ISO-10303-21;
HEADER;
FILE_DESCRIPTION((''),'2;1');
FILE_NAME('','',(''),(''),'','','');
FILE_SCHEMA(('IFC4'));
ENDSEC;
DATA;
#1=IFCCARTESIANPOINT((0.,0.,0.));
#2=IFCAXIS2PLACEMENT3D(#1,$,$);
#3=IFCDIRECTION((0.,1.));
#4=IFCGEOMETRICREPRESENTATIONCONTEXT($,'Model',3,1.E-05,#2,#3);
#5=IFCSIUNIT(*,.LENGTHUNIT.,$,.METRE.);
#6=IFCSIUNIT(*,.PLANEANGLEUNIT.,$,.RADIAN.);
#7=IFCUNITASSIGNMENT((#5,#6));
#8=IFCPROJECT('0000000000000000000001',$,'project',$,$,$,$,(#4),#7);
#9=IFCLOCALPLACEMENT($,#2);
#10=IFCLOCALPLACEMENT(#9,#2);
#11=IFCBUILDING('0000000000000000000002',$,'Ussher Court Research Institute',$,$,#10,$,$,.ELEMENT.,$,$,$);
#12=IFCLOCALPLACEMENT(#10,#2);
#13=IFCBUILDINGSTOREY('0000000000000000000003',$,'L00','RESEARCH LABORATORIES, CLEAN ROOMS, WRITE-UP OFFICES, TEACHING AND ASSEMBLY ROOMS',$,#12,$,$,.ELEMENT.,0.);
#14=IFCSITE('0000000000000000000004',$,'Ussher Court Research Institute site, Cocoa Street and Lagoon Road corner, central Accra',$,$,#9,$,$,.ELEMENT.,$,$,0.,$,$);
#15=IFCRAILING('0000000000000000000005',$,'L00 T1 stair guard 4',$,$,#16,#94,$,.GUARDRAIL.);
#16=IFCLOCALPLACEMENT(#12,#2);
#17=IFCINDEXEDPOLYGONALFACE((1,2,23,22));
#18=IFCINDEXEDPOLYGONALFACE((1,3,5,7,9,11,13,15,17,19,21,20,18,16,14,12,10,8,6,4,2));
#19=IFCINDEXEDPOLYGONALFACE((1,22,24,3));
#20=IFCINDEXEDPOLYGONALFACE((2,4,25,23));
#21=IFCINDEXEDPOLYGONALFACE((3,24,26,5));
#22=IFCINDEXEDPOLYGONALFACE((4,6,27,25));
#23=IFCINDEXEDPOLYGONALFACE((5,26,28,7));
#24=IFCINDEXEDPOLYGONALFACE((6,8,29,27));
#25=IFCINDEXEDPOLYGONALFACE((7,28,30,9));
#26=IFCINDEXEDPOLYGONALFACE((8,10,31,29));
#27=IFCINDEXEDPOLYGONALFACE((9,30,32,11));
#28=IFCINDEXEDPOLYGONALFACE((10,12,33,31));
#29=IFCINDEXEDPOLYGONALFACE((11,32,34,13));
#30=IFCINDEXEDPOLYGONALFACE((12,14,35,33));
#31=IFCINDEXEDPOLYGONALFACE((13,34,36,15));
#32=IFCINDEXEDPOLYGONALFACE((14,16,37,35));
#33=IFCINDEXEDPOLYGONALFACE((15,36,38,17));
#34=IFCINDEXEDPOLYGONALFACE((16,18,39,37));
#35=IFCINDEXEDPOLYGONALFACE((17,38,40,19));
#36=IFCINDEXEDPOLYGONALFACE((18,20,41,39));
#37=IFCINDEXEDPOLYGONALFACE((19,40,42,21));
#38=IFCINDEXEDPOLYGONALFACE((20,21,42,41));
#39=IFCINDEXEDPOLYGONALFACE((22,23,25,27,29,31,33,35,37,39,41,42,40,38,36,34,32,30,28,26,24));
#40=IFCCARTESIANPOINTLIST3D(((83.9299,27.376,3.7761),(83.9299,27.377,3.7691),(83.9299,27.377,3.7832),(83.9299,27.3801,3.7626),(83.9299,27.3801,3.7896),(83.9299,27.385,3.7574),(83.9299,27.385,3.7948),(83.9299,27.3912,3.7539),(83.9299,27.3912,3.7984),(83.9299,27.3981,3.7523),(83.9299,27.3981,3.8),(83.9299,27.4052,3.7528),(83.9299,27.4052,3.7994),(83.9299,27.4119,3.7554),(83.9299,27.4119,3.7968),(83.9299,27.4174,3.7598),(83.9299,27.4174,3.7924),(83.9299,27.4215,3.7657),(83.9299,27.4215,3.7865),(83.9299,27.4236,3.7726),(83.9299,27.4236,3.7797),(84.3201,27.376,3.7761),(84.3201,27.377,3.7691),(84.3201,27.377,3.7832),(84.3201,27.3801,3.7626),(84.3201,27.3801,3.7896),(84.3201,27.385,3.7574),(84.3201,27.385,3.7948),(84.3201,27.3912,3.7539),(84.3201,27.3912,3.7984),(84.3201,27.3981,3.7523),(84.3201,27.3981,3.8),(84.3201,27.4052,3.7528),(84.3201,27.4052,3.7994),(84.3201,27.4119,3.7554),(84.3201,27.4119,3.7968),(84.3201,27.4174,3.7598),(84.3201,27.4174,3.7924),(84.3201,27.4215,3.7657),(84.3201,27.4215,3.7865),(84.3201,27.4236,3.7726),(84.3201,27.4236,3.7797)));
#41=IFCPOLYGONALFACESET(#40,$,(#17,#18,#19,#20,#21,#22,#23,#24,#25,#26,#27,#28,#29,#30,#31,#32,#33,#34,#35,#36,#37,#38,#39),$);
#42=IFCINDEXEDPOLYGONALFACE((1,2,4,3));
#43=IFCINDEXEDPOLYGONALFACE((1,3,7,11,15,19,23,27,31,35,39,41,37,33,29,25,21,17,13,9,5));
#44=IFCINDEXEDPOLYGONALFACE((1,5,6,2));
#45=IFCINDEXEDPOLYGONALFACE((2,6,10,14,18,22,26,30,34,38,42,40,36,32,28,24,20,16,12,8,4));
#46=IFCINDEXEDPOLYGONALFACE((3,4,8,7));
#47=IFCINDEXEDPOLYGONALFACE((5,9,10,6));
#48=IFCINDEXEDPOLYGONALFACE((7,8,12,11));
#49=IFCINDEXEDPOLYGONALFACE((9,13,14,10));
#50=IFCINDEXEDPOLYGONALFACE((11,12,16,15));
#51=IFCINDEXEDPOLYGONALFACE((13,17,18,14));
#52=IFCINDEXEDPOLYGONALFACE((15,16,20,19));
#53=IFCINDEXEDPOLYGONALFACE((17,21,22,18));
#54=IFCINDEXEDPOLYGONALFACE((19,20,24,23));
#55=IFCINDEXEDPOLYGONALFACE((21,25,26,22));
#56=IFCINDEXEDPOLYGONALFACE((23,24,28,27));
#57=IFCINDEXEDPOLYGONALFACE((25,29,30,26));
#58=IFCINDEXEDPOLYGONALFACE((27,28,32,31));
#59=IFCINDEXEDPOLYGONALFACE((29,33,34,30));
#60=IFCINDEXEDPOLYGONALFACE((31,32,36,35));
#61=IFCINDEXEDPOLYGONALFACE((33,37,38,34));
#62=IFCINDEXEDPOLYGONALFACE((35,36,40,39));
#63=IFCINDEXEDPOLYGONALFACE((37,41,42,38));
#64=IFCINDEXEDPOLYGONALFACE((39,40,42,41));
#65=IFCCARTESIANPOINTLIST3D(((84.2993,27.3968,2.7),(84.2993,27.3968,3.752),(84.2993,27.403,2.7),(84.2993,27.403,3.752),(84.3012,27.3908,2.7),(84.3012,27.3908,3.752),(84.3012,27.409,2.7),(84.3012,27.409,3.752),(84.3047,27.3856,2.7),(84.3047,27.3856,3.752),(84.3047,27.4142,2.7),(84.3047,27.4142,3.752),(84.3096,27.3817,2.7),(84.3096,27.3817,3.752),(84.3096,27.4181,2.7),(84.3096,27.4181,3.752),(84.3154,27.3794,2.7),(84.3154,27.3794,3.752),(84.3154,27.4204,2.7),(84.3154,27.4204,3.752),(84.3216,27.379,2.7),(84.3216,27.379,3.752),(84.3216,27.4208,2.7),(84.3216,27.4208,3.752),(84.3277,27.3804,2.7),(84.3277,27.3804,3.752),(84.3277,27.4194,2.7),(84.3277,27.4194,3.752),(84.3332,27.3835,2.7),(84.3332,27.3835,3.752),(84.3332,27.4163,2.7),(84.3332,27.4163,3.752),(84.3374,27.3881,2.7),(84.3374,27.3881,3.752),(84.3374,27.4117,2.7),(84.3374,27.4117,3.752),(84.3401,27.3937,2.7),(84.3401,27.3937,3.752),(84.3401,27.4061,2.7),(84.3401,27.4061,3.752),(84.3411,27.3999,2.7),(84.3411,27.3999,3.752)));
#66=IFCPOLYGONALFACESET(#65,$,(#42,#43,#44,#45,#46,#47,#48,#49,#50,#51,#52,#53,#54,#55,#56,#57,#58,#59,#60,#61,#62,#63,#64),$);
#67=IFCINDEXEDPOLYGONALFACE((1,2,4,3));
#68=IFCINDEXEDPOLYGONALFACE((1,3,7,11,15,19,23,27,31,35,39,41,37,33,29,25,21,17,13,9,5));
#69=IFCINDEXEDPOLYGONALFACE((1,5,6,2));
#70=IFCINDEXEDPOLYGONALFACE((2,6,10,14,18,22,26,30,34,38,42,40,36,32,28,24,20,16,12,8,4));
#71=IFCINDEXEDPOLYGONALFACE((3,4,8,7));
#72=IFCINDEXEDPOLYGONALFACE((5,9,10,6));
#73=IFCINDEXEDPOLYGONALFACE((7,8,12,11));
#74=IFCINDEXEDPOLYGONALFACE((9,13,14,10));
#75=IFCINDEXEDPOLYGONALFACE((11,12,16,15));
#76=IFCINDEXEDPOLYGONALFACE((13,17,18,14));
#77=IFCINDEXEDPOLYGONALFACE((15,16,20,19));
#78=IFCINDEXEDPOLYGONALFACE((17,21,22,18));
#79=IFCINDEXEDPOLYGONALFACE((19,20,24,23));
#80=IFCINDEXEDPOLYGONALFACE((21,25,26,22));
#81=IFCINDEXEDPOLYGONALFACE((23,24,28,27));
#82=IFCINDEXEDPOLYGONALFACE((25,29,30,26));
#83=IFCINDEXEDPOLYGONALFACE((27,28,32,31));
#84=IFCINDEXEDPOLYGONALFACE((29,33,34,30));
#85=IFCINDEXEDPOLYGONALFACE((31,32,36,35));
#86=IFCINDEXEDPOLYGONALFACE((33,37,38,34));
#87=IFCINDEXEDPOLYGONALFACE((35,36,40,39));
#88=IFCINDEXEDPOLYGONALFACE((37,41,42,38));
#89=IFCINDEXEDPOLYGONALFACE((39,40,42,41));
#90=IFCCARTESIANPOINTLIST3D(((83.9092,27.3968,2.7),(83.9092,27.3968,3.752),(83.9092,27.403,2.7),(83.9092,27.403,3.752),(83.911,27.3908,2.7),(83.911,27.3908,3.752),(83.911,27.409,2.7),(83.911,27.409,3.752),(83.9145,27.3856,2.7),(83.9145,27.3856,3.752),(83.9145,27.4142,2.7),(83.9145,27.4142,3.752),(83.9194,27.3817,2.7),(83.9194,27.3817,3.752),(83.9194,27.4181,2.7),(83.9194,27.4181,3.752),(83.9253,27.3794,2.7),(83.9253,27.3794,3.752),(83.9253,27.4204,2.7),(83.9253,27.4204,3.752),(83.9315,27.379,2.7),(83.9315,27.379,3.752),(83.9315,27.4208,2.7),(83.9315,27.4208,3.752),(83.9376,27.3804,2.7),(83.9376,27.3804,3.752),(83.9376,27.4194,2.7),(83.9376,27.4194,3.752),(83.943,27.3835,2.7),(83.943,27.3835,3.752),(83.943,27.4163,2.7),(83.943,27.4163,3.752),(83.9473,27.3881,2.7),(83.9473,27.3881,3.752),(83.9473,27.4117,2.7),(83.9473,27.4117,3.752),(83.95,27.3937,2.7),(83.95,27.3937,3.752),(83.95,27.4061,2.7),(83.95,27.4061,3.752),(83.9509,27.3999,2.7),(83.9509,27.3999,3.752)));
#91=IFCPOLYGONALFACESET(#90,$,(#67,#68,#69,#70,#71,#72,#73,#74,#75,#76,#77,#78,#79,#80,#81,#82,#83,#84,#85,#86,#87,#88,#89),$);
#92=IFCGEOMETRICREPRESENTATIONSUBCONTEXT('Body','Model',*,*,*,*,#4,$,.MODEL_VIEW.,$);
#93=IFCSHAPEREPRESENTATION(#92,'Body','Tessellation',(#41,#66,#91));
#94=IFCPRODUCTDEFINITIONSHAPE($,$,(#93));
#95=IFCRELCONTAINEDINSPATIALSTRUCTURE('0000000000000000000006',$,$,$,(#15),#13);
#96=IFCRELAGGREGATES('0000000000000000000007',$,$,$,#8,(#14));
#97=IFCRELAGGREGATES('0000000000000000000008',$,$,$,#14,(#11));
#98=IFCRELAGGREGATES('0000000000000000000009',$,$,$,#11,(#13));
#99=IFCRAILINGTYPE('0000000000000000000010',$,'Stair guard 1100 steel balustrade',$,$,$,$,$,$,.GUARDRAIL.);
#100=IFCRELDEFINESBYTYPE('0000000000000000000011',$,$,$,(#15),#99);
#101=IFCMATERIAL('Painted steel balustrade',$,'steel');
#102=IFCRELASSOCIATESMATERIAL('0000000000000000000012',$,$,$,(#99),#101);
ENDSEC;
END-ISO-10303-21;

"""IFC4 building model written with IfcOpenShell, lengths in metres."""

from ifc_helpers import new_model, si_unit, direction, frame, origin, origin_2d, place, context, subcontext, project, spatial, circle, extrude, material, type_object, element, save


model = new_model("IFC4")

# Units and contexts
model_context = context("Model", 3, precision=1e-05, world=origin(), true_north=direction((0.0, 1.0)))
body_context = subcontext(model_context, "Body", "Model", "MODEL_VIEW")
ifc_project = project(units=[si_unit("LENGTHUNIT", "METRE"), si_unit("PLANEANGLEUNIT", "RADIAN")], contexts=[model_context])

# Site, building, storey
site_placement = place(None, origin())
site = spatial("IfcSite", under=ifc_project, at=site_placement, Name="Ussher Court Research Institute site, Cocoa Street and Lagoon Road corner, central Accra", CompositionType="ELEMENT", RefElevation=0.0)
building_placement = place(site_placement, origin())
building = spatial("IfcBuilding", under=site, at=building_placement, Name="Ussher Court Research Institute", CompositionType="ELEMENT")
storey_placement = place(building_placement, origin())
storey = spatial("IfcBuildingStorey", under=building, at=storey_placement, Name="L00", Description="RESEARCH LABORATORIES, CLEAN ROOMS, WRITE-UP OFFICES, TEACHING AND ASSEMBLY ROOMS", CompositionType="ELEMENT", Elevation=0.0)

# Railing
ifc_material_1 = material(Name="Painted steel balustrade", Category="steel")
railing_type_1 = type_object("IfcRailingType", Name="Stair guard 1100 steel balustrade", PredefinedType="GUARDRAIL", material=ifc_material_1)
railing_1_placement = place(storey_placement, frame((84.3201, 27.3999, 2.7)))
element("IfcRailing", 1, at=railing_1_placement, inside=storey, type_object=railing_type_1, Name="L00 T1 stair guard 4", PredefinedType="GUARDRAIL", context=body_context, shape_type="SweptSolid", body=[
    extrude(circle(Radius=0.0239, at=origin_2d()), frame((0.0, 0.0, 1.0762), z_axis=(-1.0, 0.0, 0.0), x_axis=(0.0, -1.0, 0.0)), (0.0, 0.0, 1.0), 0.3901),
    extrude(circle(Radius=0.021, at=origin_2d()), origin(), (0.0, 0.0, 1.0), 1.052),
    extrude(circle(Radius=0.021, at=origin_2d()), frame((-0.3901, 0.0, 0.0)), (0.0, 0.0, 1.0), 1.052),
])

save(model, "model.ifc")
